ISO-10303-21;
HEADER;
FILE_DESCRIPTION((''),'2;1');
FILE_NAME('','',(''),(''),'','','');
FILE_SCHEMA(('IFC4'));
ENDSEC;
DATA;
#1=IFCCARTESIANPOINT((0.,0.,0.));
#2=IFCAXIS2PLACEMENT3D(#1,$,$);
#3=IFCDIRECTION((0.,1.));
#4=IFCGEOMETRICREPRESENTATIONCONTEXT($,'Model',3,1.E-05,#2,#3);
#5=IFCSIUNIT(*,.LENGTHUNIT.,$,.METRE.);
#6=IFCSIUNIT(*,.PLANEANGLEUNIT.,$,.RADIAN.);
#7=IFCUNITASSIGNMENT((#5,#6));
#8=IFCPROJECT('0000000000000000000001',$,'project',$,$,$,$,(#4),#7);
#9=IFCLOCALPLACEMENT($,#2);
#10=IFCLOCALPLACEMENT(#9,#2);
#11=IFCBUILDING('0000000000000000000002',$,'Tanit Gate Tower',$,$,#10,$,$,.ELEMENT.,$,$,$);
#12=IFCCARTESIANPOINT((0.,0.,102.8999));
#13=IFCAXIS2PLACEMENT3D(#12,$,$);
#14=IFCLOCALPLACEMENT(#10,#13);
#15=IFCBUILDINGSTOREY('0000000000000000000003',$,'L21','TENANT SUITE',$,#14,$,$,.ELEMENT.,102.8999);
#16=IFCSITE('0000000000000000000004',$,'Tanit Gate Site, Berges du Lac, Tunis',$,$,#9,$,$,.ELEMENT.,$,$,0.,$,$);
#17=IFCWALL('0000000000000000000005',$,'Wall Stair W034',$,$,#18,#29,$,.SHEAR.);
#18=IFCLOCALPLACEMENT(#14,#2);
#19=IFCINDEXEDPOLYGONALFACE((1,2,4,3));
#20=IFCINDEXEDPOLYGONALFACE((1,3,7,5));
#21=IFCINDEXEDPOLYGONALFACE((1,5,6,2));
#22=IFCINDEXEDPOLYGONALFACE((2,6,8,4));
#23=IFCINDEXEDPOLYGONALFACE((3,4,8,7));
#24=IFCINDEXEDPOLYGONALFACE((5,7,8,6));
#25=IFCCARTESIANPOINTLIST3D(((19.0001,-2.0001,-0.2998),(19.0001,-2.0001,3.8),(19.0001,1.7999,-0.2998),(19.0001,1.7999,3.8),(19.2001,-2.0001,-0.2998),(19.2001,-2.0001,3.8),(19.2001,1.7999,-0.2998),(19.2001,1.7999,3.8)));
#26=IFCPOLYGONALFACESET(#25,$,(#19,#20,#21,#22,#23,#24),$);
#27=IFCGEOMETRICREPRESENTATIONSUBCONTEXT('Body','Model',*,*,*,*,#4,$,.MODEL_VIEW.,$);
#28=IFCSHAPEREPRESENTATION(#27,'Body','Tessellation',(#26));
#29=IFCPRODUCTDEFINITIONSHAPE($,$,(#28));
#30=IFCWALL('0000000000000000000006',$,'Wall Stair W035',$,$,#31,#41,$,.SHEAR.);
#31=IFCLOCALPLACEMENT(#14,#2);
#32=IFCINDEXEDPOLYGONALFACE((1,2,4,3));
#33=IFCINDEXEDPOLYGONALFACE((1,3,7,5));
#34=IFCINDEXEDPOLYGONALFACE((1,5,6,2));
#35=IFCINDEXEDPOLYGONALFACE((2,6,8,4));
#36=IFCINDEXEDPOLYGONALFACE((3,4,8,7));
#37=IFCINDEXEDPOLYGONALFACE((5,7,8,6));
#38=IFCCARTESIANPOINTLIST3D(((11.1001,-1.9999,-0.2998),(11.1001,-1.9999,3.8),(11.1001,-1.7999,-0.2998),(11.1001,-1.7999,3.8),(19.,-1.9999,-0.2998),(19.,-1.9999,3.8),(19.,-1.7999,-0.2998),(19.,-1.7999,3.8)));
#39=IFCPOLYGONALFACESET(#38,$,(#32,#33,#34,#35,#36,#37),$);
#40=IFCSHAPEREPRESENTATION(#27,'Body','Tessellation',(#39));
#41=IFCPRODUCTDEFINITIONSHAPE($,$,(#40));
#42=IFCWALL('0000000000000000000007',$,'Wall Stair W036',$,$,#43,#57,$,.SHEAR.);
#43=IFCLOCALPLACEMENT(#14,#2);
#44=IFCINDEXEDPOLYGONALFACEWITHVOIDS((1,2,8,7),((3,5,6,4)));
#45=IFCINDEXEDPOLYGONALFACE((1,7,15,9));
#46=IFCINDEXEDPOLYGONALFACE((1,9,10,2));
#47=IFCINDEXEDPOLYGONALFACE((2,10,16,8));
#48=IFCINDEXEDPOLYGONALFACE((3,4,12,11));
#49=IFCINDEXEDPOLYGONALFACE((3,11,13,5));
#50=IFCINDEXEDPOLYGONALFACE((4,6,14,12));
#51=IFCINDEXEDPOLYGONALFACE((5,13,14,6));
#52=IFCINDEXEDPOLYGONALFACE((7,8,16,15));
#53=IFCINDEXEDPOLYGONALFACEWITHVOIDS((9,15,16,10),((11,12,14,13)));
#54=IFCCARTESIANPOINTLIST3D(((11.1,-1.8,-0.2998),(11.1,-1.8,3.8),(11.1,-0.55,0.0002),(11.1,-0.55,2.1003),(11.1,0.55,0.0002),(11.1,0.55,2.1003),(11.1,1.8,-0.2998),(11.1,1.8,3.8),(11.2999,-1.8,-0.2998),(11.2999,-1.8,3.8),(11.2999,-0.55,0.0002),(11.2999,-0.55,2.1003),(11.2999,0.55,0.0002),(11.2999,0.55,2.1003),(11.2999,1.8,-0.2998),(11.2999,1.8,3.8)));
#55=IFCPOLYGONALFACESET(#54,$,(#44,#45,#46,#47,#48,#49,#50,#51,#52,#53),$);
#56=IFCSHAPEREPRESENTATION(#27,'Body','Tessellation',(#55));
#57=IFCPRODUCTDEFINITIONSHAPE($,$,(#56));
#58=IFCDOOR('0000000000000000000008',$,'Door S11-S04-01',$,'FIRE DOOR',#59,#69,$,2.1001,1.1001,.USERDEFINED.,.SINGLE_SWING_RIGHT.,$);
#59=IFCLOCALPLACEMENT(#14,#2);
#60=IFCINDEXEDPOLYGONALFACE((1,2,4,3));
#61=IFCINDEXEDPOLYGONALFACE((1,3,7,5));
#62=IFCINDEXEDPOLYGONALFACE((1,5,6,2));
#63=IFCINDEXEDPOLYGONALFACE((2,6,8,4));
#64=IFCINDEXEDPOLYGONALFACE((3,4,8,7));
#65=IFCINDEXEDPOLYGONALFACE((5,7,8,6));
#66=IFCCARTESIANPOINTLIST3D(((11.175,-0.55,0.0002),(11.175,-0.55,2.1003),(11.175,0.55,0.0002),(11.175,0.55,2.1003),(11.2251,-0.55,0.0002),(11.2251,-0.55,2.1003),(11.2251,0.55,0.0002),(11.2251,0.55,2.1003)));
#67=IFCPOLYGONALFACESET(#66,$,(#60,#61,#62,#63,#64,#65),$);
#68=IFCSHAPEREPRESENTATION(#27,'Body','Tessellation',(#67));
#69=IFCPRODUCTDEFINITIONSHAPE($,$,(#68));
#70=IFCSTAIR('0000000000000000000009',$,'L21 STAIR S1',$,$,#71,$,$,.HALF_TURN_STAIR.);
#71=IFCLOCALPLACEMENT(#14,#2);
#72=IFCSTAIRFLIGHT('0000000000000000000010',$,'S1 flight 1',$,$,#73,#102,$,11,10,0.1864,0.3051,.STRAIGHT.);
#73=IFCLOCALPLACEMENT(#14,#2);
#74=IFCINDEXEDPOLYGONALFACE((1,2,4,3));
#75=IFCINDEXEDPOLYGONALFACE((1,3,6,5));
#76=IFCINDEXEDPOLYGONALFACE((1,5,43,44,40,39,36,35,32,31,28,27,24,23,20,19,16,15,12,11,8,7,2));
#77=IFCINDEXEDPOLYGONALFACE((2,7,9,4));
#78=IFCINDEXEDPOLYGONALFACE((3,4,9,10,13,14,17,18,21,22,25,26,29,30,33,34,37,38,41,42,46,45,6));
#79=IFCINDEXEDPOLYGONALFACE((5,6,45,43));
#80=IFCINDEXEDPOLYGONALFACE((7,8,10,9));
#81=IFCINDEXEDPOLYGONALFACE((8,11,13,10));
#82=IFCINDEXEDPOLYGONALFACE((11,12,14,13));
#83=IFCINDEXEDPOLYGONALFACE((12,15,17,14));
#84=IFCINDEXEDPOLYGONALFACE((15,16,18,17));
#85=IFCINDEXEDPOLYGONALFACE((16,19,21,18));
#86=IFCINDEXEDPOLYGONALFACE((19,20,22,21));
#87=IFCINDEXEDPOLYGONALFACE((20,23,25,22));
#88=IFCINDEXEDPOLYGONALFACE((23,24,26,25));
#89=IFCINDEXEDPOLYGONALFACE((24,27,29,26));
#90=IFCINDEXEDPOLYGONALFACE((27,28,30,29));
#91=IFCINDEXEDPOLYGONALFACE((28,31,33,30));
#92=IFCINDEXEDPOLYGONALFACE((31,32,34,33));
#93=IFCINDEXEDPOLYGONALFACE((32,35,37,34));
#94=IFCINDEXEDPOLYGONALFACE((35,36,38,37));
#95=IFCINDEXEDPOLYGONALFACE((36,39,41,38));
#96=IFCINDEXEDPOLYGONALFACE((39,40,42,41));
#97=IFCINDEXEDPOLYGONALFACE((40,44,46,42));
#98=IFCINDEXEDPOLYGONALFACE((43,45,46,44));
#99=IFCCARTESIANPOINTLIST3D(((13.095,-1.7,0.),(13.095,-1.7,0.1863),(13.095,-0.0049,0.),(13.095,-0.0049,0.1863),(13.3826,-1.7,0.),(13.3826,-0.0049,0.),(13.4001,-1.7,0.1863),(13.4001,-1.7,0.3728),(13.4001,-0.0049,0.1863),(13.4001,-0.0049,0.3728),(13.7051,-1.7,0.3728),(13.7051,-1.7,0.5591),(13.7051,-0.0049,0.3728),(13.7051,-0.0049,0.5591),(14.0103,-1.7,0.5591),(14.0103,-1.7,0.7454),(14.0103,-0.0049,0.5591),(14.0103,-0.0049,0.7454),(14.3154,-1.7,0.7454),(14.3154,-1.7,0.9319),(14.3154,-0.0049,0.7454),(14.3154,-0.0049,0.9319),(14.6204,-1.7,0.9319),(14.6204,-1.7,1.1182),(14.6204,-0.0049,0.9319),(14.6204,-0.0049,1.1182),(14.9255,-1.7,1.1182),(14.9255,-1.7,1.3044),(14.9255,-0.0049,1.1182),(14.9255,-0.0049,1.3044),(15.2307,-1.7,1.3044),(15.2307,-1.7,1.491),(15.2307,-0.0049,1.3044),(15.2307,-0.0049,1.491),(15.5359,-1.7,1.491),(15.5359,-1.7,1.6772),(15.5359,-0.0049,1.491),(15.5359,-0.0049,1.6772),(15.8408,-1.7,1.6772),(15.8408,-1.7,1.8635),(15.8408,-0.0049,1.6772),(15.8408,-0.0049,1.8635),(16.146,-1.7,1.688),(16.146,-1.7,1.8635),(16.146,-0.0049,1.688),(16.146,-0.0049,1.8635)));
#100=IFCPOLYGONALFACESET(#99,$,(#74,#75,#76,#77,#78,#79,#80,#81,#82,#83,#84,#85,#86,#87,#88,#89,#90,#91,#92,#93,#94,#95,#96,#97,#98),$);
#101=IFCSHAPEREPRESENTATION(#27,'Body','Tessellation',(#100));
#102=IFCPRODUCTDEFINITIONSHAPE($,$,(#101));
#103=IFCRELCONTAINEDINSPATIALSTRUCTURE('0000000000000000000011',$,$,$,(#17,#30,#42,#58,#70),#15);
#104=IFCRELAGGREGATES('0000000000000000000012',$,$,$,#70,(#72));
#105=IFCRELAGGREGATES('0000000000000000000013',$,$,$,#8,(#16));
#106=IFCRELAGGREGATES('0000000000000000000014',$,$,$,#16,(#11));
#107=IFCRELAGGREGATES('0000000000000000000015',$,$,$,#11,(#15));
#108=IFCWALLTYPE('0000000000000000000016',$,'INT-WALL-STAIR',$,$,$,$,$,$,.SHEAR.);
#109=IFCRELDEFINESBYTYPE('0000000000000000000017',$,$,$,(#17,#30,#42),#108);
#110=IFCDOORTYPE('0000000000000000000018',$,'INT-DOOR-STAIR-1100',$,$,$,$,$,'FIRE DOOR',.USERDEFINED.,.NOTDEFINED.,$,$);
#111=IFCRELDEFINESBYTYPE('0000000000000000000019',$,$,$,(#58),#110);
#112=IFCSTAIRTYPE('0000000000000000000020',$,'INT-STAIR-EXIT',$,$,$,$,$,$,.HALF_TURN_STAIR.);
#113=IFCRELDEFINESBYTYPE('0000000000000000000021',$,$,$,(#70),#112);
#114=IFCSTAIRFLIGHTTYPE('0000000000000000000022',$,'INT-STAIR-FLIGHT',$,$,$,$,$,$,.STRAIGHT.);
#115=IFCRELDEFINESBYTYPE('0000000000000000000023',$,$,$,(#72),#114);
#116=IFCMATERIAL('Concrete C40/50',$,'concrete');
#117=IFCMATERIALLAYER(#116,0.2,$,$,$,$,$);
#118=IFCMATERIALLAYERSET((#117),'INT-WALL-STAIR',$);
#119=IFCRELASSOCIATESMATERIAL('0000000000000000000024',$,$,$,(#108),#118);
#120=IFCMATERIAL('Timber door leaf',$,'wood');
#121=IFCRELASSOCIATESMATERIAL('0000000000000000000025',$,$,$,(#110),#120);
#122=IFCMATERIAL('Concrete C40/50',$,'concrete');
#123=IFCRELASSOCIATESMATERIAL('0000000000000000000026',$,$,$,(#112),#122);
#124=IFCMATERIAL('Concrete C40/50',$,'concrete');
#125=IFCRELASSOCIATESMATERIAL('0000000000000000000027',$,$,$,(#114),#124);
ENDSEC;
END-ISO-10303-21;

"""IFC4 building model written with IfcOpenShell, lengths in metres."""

from ifc_helpers import new_model, si_unit, direction, frame, frame_2d, origin, place, context, subcontext, project, spatial, polyline, rectangle, outline, extrude, material, layer, layer_set, type_object, element, fill, aggregate, save


model = new_model("IFC4")

# Units and contexts
model_context = context("Model", 3, precision=1e-05, world=origin(), true_north=direction((0.0, 1.0)))
body_context = subcontext(model_context, "Body", "Model", "MODEL_VIEW")
ifc_project = project(units=[si_unit("LENGTHUNIT", "METRE"), si_unit("PLANEANGLEUNIT", "RADIAN")], contexts=[model_context])

# Site, building, storey
site_placement = place(None, origin())
site = spatial("IfcSite", under=ifc_project, at=site_placement, Name="Tanit Gate Site, Berges du Lac, Tunis", CompositionType="ELEMENT", RefElevation=0.0)
building_placement = place(site_placement, origin())
building = spatial("IfcBuilding", under=site, at=building_placement, Name="Tanit Gate Tower", CompositionType="ELEMENT")
storey_placement = place(building_placement, frame((0.0, 0.0, 102.8999)))
storey = spatial("IfcBuildingStorey", under=building, at=storey_placement, Name="L21", Description="TENANT SUITE", CompositionType="ELEMENT", Elevation=102.8999)

# Walls
ifc_material_1 = material(Name="Concrete C40/50", Category="concrete")
ifc_layer_1 = layer(ifc_material_1, 0.2)
ifc_layer_set_1 = layer_set([ifc_layer_1], Name="INT-WALL-STAIR")
wall_type_1 = type_object("IfcWallType", Name="INT-WALL-STAIR", PredefinedType="SHEAR", material=ifc_layer_set_1)
wall_1_placement = place(storey_placement, frame((19.1001, -2.0, -0.2998), z_axis=(0.0, 0.0, 1.0), x_axis=(0.0, 1.0, 0.0)))
element("IfcWall", 1, at=wall_1_placement, inside=storey, type_object=wall_type_1, Name="Wall Stair W034", PredefinedType="SHEAR", context=body_context, shape_type="SweptSolid", body=[
    extrude(rectangle(XDim=3.8, YDim=0.2, at=frame_2d((1.8999, 0.0))), origin(), (0.0, 0.0, 1.0), 4.0999),
])
wall_2_placement = place(storey_placement, frame((11.1001, -1.8999, -0.2998), z_axis=(0.0, 0.0, 1.0), x_axis=(1.0, 0.0, 0.0)))
element("IfcWall", 2, at=wall_2_placement, inside=storey, type_object=wall_type_1, Name="Wall Stair W035", PredefinedType="SHEAR", context=body_context, shape_type="SweptSolid", body=[
    extrude(rectangle(XDim=7.8999, YDim=0.2, at=frame_2d((3.95, 0.0))), origin(), (0.0, 0.0, 1.0), 4.0999),
])

# Wall, opening, door
wall_3_placement = place(storey_placement, frame((11.2, -1.8, -0.2998), z_axis=(0.0, 0.0, 1.0), x_axis=(0.0, 1.0, 0.0)))
wall_3 = element("IfcWall", 3, at=wall_3_placement, inside=storey, type_object=wall_type_1, Name="Wall Stair W036", PredefinedType="SHEAR", context=body_context, shape_type="SweptSolid", body=[
    extrude(rectangle(XDim=3.6001, YDim=0.2, at=frame_2d((1.8, 0.0))), origin(), (0.0, 0.0, 1.0), 4.0999),
])
opening_1_placement = place(wall_3_placement, frame((1.25, 0.0, 0.3)))
opening_1 = element("IfcOpeningElement", 4, at=opening_1_placement, cuts=wall_3, PredefinedType="OPENING", context=body_context, shape_type="SweptSolid", body=[
    extrude(rectangle(XDim=1.1001, YDim=2.1001, at=frame_2d((0.55, 1.05))), frame((0.0, 0.1099, 0.0), z_axis=(0.0, -1.0, 0.0), x_axis=(1.0, 0.0, 0.0)), (0.0, 0.0, 1.0), 0.22),
])
ifc_material_2 = material(Name="Timber door leaf", Category="wood")
door_type_1 = type_object("IfcDoorType", Name="INT-DOOR-STAIR-1100", ElementType="FIRE DOOR", OperationType="NOTDEFINED", PredefinedType="USERDEFINED", material=ifc_material_2)
door_1_placement = place(opening_1_placement, origin())
door_1 = element("IfcDoor", 5, at=door_1_placement, inside=storey, type_object=door_type_1, Name="Door S11-S04-01", ObjectType="FIRE DOOR", OperationType="SINGLE_SWING_RIGHT", OverallHeight=2.1001, OverallWidth=1.1001, PredefinedType="USERDEFINED", context=body_context, shape_type="SweptSolid", body=[
    extrude(rectangle(XDim=1.1001, YDim=2.1001, at=frame_2d((0.55, 1.05))), frame((0.0, 0.0249, 0.0), z_axis=(0.0, -1.0, 0.0), x_axis=(1.0, 0.0, 0.0)), (0.0, 0.0, 1.0), 0.05),
])
fill(opening_1, door_1)

# Stair, stair flight
ifc_material_3 = material(Name="Concrete C40/50", Category="concrete")
stair_type = type_object("IfcStairType", Name="INT-STAIR-EXIT", PredefinedType="HALF_TURN_STAIR", material=ifc_material_3)
stair_placement = place(storey_placement, origin())
stair = element("IfcStair", 6, at=stair_placement, inside=storey, type_object=stair_type, Name="L21 STAIR S1", PredefinedType="HALF_TURN_STAIR")
ifc_material_4 = material(Name="Concrete C40/50", Category="concrete")
stair_flight_type = type_object("IfcStairFlightType", Name="INT-STAIR-FLIGHT", PredefinedType="STRAIGHT", material=ifc_material_4)
stair_flight_placement = place(storey_placement, frame((13.095, -0.8525, 0.0), z_axis=(0.0, 0.0, 1.0), x_axis=(1.0, 0.0, 0.0)))
stair_flight = element("IfcStairFlight", 7, at=stair_flight_placement, type_object=stair_flight_type, Name="S1 flight 1", NumberOfRisers=11, NumberOfTreads=10, PredefinedType="STRAIGHT", RiserHeight=0.1864, TreadLength=0.3051, context=body_context, shape_type="SweptSolid", body=[
    extrude(outline(polyline([(0.0, 0.0), (0.0, 0.1863), (0.3052, 0.1863), (0.3052, 0.3728), (0.6101, 0.3728), (0.6101, 0.5591), (0.9153, 0.5591), (0.9153, 0.7454), (1.2205, 0.7454), (1.2205, 0.9319), (1.5254, 0.9319), (1.5254, 1.1182), (1.8306, 1.1182), (1.8306, 1.3044), (2.1357, 1.3044), (2.1357, 1.491), (2.4409, 1.491), (2.4409, 1.6772), (2.7458, 1.6772), (2.7458, 1.8635), (3.051, 1.8635), (3.051, 2.05), (3.051, 1.688), (0.2876, 0.0), (0.0, 0.0)])), frame((0.0, 0.8477, 0.0), z_axis=(0.0, -1.0, 0.0), x_axis=(1.0, 0.0, 0.0)), (0.0, 0.0, 1.0), 1.6951),
])
aggregate(stair, [stair_flight])

save(model, "model.ifc")
